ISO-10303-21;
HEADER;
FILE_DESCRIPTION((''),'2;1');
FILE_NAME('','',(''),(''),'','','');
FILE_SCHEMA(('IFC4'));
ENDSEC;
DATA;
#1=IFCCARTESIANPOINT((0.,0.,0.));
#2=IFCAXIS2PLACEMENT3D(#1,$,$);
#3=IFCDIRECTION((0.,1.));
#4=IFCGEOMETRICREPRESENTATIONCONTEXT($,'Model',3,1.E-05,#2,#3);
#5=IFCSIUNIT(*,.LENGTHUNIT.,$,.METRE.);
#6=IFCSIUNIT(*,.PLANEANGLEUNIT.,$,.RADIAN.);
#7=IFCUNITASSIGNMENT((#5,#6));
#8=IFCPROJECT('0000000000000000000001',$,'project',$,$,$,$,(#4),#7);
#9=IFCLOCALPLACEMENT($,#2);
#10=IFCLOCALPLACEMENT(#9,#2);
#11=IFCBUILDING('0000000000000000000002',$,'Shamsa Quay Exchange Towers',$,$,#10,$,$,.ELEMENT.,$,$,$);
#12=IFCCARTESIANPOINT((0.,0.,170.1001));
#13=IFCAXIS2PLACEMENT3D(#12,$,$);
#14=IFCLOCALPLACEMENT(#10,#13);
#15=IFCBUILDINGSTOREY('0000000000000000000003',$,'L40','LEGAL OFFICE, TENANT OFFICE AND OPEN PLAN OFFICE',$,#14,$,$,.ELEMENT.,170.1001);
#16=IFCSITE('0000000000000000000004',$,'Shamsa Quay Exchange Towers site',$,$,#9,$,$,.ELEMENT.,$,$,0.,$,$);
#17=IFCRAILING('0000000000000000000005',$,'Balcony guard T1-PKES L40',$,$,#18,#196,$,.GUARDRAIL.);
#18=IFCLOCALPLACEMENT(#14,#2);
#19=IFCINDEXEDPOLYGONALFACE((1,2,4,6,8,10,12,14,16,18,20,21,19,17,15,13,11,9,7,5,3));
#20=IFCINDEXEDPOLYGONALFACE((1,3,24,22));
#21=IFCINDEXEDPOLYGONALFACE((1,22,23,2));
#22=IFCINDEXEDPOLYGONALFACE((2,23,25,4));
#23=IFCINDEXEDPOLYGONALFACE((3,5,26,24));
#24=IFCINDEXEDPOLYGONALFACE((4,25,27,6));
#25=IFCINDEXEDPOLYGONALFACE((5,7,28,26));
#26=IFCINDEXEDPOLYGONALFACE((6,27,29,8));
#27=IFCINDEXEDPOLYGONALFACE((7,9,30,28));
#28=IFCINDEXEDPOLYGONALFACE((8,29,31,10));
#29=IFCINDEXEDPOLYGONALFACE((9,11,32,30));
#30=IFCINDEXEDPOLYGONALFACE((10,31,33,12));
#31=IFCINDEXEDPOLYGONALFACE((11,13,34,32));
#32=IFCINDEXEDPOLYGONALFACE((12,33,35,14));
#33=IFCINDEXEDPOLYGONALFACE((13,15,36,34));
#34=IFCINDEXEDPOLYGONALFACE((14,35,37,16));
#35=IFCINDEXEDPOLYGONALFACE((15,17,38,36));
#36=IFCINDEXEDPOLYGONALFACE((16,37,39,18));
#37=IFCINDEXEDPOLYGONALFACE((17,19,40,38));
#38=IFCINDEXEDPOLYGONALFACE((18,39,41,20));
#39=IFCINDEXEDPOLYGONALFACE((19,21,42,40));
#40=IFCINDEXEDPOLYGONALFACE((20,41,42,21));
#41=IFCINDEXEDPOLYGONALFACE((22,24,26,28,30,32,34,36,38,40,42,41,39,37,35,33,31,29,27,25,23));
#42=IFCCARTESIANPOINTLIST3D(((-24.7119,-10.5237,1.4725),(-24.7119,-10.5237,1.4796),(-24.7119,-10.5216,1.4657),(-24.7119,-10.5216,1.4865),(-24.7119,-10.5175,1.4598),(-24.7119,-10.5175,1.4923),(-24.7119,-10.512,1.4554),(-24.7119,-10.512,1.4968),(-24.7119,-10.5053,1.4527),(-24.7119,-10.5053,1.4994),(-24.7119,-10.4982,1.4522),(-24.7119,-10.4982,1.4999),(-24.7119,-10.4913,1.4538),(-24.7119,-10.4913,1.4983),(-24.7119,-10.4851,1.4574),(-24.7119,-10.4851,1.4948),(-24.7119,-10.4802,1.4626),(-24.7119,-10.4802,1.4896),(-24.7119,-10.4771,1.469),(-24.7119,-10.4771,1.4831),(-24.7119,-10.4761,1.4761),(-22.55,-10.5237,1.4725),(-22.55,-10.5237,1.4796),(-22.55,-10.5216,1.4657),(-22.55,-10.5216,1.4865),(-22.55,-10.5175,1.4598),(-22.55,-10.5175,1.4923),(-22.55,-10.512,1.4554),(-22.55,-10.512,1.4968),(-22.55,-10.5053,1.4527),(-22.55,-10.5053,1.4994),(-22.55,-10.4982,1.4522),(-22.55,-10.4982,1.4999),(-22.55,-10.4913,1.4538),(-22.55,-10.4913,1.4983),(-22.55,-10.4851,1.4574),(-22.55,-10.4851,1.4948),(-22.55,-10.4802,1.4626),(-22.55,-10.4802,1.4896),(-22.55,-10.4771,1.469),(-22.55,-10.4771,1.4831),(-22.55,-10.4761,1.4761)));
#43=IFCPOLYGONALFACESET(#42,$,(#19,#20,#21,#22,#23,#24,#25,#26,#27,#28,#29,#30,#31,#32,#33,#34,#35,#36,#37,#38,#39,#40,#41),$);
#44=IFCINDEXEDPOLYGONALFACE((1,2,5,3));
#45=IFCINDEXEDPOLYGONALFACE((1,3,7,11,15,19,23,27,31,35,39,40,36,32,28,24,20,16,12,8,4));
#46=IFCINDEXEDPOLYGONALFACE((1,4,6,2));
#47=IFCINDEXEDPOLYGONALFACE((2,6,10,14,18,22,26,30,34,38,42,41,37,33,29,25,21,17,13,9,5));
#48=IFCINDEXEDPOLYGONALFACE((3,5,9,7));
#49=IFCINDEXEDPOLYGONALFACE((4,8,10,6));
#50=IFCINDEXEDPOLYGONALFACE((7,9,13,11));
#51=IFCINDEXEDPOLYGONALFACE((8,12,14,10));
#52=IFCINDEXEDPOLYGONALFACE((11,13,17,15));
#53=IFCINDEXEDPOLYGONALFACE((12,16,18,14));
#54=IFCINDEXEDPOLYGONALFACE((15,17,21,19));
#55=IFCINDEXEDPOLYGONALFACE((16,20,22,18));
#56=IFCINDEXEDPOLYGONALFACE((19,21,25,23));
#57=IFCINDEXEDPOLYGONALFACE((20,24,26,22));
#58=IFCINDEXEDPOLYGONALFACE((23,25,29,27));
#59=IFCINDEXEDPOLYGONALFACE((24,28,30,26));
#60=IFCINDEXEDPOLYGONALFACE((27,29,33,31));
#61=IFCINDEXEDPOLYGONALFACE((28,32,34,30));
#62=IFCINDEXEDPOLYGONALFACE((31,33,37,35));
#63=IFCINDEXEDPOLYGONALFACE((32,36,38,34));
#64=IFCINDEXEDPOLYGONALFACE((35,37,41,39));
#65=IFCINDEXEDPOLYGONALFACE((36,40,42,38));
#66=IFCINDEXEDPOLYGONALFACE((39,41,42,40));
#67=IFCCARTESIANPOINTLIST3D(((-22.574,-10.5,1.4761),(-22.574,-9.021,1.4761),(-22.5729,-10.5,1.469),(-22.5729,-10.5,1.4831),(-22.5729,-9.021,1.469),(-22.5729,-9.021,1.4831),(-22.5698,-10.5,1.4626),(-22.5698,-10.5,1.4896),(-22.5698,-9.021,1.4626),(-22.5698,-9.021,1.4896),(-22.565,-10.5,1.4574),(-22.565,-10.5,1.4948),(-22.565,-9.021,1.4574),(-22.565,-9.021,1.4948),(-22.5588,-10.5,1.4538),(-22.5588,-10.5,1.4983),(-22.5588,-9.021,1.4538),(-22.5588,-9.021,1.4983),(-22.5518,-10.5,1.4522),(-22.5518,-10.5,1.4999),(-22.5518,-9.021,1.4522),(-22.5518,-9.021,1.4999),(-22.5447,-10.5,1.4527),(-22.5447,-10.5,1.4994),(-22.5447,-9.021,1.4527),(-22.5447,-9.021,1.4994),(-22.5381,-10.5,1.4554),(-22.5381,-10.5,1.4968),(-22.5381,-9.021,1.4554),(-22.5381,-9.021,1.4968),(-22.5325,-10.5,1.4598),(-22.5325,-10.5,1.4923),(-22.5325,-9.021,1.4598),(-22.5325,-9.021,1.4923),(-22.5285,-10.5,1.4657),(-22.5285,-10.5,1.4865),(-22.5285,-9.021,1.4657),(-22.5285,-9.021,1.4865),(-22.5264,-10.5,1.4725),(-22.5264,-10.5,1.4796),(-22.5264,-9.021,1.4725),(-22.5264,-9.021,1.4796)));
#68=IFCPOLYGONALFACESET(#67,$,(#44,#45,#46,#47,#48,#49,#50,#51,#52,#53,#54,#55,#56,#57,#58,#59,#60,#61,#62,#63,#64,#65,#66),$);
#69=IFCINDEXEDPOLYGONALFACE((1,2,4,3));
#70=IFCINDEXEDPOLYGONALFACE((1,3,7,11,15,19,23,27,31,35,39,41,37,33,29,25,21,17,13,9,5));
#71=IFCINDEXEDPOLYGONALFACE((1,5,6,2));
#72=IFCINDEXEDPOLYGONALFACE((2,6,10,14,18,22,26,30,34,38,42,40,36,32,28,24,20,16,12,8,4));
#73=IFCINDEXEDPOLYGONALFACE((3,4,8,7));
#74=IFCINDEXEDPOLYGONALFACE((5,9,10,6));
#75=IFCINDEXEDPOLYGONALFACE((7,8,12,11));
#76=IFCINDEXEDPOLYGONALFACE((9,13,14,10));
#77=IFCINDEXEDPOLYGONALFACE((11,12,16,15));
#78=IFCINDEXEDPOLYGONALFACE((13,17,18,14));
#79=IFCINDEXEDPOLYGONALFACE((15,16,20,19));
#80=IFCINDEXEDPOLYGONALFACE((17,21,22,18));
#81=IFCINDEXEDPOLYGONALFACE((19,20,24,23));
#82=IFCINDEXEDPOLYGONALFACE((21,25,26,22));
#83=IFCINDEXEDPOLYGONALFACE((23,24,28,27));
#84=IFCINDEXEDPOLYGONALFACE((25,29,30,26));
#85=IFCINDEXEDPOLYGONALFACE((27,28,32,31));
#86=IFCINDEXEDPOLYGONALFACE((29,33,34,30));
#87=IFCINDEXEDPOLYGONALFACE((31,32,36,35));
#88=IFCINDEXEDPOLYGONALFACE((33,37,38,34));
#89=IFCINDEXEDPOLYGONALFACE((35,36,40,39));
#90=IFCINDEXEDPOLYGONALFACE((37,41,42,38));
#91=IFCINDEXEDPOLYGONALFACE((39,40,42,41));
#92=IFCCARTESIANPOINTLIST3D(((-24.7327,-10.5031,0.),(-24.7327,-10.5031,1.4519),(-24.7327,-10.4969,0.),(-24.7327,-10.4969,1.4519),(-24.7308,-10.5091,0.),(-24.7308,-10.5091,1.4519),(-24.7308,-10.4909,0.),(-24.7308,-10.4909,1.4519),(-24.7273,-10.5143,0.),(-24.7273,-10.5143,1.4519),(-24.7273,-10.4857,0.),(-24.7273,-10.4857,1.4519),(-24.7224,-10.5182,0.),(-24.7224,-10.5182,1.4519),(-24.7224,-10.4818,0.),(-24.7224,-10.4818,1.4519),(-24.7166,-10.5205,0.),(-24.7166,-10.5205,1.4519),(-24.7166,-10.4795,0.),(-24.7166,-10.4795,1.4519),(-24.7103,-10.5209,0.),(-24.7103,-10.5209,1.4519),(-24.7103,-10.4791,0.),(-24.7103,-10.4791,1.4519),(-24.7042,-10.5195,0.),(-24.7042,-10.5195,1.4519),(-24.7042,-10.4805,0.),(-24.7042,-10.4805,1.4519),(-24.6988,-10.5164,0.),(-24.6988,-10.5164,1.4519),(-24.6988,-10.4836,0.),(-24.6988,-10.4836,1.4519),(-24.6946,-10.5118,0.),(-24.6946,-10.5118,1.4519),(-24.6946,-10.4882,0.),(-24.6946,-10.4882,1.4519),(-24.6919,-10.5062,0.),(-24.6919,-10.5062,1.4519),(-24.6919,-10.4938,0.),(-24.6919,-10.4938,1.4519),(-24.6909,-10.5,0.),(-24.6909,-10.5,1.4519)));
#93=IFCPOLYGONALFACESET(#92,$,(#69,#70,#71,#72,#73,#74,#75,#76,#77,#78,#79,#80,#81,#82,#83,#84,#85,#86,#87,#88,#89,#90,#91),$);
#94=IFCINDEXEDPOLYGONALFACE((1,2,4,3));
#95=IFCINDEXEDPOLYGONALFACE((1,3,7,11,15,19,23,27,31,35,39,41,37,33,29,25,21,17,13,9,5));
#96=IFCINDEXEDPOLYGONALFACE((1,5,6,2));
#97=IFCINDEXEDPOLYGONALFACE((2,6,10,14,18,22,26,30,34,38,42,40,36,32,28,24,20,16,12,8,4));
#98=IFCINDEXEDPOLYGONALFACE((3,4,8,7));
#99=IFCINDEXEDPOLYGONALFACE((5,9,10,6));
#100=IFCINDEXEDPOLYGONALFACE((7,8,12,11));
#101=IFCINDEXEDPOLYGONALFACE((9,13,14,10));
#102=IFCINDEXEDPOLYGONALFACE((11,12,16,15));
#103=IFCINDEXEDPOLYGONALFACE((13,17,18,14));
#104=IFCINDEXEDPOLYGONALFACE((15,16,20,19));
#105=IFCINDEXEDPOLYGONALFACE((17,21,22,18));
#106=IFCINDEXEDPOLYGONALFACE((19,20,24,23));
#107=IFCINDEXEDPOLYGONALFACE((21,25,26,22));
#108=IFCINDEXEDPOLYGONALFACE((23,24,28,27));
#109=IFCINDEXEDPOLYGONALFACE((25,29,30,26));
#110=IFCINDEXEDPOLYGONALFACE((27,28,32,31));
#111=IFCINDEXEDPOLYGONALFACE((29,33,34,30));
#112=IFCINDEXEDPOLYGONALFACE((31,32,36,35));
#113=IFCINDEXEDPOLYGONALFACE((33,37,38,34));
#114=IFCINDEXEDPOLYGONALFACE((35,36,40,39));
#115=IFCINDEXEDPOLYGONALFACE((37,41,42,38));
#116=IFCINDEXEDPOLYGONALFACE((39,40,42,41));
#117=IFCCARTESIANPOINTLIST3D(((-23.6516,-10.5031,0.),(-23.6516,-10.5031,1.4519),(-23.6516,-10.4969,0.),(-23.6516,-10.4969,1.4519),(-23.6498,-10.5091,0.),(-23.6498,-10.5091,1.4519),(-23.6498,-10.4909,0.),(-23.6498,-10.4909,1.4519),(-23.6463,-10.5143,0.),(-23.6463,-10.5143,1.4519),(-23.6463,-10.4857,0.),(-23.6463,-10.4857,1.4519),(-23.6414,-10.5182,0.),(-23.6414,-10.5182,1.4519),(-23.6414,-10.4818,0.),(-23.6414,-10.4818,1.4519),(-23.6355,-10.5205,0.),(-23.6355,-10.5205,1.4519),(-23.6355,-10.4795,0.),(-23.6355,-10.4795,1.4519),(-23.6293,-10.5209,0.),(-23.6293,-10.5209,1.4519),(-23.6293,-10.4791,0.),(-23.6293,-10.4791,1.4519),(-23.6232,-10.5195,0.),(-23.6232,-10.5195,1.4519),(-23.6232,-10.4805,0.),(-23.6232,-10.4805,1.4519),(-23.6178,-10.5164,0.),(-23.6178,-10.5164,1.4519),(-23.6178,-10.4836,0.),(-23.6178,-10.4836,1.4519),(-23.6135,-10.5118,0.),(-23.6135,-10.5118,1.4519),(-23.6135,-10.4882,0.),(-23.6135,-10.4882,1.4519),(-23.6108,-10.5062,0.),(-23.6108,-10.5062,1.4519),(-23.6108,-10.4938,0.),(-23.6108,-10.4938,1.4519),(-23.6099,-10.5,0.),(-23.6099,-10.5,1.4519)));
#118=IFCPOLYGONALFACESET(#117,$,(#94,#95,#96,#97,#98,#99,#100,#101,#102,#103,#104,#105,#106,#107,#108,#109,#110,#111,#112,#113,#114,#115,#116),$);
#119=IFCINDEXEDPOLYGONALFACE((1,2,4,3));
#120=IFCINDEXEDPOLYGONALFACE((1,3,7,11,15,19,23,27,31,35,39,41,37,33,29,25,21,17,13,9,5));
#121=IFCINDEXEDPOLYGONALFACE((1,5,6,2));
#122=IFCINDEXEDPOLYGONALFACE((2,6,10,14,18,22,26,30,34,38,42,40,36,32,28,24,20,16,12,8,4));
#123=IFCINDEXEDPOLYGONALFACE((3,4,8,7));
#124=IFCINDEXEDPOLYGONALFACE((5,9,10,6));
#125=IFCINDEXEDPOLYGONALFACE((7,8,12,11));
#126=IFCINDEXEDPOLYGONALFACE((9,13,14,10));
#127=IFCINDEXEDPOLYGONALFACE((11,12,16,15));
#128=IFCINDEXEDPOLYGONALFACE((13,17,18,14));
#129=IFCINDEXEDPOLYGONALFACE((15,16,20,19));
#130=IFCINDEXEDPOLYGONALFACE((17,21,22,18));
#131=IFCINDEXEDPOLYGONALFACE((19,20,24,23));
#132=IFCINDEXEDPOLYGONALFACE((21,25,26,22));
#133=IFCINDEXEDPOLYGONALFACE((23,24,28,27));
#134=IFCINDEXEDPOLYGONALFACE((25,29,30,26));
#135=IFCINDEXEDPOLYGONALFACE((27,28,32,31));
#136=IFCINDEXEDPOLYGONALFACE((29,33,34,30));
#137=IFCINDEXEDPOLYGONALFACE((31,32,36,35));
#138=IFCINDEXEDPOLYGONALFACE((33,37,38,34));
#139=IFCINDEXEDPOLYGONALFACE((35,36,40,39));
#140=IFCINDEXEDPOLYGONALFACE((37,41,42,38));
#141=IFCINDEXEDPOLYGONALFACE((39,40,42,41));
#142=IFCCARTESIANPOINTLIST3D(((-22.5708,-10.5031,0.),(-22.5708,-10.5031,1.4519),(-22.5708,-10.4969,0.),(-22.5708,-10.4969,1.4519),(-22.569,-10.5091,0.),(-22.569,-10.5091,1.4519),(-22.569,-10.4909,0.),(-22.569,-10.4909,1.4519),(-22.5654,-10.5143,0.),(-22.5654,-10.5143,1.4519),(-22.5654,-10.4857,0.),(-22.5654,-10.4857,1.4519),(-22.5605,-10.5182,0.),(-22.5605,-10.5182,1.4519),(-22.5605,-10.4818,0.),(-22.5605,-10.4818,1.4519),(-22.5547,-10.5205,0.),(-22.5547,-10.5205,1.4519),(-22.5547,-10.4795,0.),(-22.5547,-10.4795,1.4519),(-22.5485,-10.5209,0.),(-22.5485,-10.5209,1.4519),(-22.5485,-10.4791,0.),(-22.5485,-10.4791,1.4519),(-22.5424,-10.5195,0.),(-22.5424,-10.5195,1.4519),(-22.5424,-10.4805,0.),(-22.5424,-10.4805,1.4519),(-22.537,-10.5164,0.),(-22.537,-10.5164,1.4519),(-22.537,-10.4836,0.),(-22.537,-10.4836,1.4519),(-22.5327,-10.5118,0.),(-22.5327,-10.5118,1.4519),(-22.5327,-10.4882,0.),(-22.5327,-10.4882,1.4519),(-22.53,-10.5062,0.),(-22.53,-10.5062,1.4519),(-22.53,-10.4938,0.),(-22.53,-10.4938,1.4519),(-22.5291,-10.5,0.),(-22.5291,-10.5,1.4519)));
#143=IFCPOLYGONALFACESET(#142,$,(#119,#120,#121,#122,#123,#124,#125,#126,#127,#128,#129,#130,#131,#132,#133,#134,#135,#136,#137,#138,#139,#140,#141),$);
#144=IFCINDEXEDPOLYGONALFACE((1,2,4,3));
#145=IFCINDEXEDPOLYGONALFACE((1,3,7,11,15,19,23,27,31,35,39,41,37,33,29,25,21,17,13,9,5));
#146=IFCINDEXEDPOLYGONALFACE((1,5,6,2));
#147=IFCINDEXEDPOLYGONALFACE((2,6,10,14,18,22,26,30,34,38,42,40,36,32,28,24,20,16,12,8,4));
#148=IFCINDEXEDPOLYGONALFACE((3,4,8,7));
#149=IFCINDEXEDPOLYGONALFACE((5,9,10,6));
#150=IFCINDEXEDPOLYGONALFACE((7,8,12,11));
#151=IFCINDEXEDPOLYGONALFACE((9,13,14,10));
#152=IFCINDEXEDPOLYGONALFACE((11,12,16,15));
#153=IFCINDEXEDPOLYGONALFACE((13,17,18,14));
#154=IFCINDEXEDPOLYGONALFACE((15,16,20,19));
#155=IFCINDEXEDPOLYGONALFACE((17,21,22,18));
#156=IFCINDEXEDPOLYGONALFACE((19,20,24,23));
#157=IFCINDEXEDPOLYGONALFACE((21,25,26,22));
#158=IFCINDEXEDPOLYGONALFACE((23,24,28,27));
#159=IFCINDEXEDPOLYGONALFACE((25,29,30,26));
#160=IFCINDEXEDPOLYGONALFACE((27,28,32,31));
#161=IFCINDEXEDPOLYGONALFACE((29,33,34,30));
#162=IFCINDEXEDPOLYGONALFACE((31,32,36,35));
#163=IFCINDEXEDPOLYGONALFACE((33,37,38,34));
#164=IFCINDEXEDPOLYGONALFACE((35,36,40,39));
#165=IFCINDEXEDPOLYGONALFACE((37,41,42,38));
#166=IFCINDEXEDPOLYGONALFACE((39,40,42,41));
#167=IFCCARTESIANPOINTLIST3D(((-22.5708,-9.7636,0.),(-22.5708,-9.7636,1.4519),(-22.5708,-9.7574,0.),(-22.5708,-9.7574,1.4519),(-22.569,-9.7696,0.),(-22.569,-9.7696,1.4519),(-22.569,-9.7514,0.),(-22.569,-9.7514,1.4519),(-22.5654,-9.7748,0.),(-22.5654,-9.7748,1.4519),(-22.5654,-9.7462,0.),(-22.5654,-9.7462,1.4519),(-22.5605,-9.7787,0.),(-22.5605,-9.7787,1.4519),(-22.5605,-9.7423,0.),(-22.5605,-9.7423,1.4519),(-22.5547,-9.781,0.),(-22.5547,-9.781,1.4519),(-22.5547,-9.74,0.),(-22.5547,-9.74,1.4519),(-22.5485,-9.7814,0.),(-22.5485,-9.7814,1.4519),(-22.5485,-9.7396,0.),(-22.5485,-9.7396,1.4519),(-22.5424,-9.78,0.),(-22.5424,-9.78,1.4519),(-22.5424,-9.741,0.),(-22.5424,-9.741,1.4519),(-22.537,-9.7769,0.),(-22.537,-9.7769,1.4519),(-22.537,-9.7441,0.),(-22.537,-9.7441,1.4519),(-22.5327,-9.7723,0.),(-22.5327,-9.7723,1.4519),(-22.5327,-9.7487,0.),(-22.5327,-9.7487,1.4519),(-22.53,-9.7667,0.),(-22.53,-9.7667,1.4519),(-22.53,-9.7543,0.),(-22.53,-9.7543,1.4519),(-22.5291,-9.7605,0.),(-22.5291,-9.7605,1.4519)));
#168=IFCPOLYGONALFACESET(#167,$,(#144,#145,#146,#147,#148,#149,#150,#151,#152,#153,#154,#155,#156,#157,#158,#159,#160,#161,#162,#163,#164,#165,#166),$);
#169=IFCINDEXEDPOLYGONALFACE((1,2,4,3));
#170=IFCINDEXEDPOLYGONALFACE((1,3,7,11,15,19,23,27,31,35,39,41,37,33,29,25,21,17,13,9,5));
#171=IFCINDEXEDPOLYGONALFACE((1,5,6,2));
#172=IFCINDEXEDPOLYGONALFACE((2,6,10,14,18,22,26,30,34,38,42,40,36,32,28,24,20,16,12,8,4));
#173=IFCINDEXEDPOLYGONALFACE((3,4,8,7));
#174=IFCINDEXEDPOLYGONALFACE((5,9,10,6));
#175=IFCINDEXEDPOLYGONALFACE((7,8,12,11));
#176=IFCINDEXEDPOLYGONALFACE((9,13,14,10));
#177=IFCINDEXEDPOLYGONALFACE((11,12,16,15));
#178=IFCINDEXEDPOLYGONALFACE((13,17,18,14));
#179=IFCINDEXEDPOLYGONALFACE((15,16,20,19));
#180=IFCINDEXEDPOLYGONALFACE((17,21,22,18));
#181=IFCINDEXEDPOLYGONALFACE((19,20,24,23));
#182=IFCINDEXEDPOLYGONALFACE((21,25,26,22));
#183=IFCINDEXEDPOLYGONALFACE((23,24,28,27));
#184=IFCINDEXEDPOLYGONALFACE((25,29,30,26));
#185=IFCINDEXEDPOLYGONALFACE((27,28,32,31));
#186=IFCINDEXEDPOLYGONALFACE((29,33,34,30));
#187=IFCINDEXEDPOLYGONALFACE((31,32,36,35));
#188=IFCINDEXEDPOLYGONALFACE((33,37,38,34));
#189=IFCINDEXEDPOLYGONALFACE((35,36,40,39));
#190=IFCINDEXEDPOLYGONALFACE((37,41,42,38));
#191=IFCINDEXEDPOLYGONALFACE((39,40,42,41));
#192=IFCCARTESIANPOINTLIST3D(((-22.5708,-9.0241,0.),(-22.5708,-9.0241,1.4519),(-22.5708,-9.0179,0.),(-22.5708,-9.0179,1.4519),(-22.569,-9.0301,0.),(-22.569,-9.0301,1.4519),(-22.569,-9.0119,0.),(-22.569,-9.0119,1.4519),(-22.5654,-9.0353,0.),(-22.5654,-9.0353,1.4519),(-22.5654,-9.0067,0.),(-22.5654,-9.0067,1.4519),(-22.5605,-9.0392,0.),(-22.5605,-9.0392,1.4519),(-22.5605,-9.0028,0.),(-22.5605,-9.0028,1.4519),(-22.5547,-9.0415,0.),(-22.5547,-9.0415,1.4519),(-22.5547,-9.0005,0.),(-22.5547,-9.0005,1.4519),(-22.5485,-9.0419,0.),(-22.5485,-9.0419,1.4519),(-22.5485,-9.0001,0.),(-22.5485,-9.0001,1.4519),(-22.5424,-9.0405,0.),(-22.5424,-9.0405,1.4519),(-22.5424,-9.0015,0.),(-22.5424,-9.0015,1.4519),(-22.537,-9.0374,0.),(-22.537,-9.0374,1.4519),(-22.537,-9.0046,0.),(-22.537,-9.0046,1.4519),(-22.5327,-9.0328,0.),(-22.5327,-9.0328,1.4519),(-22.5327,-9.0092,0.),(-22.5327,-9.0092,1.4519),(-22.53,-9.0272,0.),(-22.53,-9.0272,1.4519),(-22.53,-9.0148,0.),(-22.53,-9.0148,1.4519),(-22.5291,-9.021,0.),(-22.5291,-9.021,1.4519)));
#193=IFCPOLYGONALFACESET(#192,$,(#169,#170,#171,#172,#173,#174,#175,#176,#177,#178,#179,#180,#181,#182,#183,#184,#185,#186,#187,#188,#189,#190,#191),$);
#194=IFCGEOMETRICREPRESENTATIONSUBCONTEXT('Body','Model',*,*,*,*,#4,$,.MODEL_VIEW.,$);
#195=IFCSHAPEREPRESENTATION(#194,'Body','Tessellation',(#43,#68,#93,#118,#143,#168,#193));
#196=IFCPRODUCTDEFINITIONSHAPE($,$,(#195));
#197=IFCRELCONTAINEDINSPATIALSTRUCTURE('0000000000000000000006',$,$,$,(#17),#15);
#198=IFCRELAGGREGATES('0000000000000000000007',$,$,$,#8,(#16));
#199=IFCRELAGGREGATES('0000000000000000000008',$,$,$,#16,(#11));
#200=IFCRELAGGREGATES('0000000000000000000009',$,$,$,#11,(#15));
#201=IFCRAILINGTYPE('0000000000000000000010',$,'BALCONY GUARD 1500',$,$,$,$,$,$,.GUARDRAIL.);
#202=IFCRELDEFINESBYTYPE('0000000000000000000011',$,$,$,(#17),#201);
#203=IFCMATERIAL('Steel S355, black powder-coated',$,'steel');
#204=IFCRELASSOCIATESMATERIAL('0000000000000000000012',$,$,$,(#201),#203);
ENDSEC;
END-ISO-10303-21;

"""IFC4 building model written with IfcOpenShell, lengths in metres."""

from ifc_helpers import new_model, si_unit, direction, frame, origin, origin_2d, place, context, subcontext, project, spatial, circle, extrude, material, type_object, element, save


model = new_model("IFC4")

# Units and contexts
model_context = context("Model", 3, precision=1e-05, world=origin(), true_north=direction((0.0, 1.0)))
body_context = subcontext(model_context, "Body", "Model", "MODEL_VIEW")
ifc_project = project(units=[si_unit("LENGTHUNIT", "METRE"), si_unit("PLANEANGLEUNIT", "RADIAN")], contexts=[model_context])

# Site, building, storey
site_placement = place(None, origin())
site = spatial("IfcSite", under=ifc_project, at=site_placement, Name="Shamsa Quay Exchange Towers site", CompositionType="ELEMENT", RefElevation=0.0)
building_placement = place(site_placement, origin())
building = spatial("IfcBuilding", under=site, at=building_placement, Name="Shamsa Quay Exchange Towers", CompositionType="ELEMENT")
storey_placement = place(building_placement, frame((0.0, 0.0, 170.1001)))
storey = spatial("IfcBuildingStorey", under=building, at=storey_placement, Name="L40", Description="LEGAL OFFICE, TENANT OFFICE AND OPEN PLAN OFFICE", CompositionType="ELEMENT", Elevation=170.1001)

# Railing
ifc_material_1 = material(Name="Steel S355, black powder-coated", Category="steel")
railing_type_1 = type_object("IfcRailingType", Name="BALCONY GUARD 1500", PredefinedType="GUARDRAIL", material=ifc_material_1)
for number, where, name in (
    (1, (-24.7119, -10.5, 0.0), "Balcony guard T1-PKES L40"),
):
    element("IfcRailing", number, at=place(storey_placement, frame(where)), inside=storey, type_object=railing_type_1, Name=name, PredefinedType="GUARDRAIL", context=body_context, shape_type="SweptSolid", body=[
        extrude(circle(Radius=0.0239, at=origin_2d()), frame((0.0, 0.0, 1.4761), z_axis=(1.0, 0.0, 0.0), x_axis=(0.0, 1.0, 0.0)), (0.0, 0.0, 1.0), 2.1619),
        extrude(circle(Radius=0.0239, at=origin_2d()), frame((2.1619, 0.0, 1.4761), z_axis=(0.0, 1.0, 0.0), x_axis=(-1.0, 0.0, 0.0)), (0.0, 0.0, 1.0), 1.479),
        extrude(circle(Radius=0.021, at=origin_2d()), origin(), (0.0, 0.0, 1.0), 1.4519),
        extrude(circle(Radius=0.021, at=origin_2d()), frame((1.0811, 0.0, 0.0)), (0.0, 0.0, 1.0), 1.4519),
        extrude(circle(Radius=0.021, at=origin_2d()), frame((2.1619, 0.0, 0.0)), (0.0, 0.0, 1.0), 1.4519),
        extrude(circle(Radius=0.021, at=origin_2d()), frame((2.1619, 0.7395, 0.0)), (0.0, 0.0, 1.0), 1.4519),
        extrude(circle(Radius=0.021, at=origin_2d()), frame((2.1619, 1.479, 0.0)), (0.0, 0.0, 1.0), 1.4519),
    ])

save(model, "model.ifc")
